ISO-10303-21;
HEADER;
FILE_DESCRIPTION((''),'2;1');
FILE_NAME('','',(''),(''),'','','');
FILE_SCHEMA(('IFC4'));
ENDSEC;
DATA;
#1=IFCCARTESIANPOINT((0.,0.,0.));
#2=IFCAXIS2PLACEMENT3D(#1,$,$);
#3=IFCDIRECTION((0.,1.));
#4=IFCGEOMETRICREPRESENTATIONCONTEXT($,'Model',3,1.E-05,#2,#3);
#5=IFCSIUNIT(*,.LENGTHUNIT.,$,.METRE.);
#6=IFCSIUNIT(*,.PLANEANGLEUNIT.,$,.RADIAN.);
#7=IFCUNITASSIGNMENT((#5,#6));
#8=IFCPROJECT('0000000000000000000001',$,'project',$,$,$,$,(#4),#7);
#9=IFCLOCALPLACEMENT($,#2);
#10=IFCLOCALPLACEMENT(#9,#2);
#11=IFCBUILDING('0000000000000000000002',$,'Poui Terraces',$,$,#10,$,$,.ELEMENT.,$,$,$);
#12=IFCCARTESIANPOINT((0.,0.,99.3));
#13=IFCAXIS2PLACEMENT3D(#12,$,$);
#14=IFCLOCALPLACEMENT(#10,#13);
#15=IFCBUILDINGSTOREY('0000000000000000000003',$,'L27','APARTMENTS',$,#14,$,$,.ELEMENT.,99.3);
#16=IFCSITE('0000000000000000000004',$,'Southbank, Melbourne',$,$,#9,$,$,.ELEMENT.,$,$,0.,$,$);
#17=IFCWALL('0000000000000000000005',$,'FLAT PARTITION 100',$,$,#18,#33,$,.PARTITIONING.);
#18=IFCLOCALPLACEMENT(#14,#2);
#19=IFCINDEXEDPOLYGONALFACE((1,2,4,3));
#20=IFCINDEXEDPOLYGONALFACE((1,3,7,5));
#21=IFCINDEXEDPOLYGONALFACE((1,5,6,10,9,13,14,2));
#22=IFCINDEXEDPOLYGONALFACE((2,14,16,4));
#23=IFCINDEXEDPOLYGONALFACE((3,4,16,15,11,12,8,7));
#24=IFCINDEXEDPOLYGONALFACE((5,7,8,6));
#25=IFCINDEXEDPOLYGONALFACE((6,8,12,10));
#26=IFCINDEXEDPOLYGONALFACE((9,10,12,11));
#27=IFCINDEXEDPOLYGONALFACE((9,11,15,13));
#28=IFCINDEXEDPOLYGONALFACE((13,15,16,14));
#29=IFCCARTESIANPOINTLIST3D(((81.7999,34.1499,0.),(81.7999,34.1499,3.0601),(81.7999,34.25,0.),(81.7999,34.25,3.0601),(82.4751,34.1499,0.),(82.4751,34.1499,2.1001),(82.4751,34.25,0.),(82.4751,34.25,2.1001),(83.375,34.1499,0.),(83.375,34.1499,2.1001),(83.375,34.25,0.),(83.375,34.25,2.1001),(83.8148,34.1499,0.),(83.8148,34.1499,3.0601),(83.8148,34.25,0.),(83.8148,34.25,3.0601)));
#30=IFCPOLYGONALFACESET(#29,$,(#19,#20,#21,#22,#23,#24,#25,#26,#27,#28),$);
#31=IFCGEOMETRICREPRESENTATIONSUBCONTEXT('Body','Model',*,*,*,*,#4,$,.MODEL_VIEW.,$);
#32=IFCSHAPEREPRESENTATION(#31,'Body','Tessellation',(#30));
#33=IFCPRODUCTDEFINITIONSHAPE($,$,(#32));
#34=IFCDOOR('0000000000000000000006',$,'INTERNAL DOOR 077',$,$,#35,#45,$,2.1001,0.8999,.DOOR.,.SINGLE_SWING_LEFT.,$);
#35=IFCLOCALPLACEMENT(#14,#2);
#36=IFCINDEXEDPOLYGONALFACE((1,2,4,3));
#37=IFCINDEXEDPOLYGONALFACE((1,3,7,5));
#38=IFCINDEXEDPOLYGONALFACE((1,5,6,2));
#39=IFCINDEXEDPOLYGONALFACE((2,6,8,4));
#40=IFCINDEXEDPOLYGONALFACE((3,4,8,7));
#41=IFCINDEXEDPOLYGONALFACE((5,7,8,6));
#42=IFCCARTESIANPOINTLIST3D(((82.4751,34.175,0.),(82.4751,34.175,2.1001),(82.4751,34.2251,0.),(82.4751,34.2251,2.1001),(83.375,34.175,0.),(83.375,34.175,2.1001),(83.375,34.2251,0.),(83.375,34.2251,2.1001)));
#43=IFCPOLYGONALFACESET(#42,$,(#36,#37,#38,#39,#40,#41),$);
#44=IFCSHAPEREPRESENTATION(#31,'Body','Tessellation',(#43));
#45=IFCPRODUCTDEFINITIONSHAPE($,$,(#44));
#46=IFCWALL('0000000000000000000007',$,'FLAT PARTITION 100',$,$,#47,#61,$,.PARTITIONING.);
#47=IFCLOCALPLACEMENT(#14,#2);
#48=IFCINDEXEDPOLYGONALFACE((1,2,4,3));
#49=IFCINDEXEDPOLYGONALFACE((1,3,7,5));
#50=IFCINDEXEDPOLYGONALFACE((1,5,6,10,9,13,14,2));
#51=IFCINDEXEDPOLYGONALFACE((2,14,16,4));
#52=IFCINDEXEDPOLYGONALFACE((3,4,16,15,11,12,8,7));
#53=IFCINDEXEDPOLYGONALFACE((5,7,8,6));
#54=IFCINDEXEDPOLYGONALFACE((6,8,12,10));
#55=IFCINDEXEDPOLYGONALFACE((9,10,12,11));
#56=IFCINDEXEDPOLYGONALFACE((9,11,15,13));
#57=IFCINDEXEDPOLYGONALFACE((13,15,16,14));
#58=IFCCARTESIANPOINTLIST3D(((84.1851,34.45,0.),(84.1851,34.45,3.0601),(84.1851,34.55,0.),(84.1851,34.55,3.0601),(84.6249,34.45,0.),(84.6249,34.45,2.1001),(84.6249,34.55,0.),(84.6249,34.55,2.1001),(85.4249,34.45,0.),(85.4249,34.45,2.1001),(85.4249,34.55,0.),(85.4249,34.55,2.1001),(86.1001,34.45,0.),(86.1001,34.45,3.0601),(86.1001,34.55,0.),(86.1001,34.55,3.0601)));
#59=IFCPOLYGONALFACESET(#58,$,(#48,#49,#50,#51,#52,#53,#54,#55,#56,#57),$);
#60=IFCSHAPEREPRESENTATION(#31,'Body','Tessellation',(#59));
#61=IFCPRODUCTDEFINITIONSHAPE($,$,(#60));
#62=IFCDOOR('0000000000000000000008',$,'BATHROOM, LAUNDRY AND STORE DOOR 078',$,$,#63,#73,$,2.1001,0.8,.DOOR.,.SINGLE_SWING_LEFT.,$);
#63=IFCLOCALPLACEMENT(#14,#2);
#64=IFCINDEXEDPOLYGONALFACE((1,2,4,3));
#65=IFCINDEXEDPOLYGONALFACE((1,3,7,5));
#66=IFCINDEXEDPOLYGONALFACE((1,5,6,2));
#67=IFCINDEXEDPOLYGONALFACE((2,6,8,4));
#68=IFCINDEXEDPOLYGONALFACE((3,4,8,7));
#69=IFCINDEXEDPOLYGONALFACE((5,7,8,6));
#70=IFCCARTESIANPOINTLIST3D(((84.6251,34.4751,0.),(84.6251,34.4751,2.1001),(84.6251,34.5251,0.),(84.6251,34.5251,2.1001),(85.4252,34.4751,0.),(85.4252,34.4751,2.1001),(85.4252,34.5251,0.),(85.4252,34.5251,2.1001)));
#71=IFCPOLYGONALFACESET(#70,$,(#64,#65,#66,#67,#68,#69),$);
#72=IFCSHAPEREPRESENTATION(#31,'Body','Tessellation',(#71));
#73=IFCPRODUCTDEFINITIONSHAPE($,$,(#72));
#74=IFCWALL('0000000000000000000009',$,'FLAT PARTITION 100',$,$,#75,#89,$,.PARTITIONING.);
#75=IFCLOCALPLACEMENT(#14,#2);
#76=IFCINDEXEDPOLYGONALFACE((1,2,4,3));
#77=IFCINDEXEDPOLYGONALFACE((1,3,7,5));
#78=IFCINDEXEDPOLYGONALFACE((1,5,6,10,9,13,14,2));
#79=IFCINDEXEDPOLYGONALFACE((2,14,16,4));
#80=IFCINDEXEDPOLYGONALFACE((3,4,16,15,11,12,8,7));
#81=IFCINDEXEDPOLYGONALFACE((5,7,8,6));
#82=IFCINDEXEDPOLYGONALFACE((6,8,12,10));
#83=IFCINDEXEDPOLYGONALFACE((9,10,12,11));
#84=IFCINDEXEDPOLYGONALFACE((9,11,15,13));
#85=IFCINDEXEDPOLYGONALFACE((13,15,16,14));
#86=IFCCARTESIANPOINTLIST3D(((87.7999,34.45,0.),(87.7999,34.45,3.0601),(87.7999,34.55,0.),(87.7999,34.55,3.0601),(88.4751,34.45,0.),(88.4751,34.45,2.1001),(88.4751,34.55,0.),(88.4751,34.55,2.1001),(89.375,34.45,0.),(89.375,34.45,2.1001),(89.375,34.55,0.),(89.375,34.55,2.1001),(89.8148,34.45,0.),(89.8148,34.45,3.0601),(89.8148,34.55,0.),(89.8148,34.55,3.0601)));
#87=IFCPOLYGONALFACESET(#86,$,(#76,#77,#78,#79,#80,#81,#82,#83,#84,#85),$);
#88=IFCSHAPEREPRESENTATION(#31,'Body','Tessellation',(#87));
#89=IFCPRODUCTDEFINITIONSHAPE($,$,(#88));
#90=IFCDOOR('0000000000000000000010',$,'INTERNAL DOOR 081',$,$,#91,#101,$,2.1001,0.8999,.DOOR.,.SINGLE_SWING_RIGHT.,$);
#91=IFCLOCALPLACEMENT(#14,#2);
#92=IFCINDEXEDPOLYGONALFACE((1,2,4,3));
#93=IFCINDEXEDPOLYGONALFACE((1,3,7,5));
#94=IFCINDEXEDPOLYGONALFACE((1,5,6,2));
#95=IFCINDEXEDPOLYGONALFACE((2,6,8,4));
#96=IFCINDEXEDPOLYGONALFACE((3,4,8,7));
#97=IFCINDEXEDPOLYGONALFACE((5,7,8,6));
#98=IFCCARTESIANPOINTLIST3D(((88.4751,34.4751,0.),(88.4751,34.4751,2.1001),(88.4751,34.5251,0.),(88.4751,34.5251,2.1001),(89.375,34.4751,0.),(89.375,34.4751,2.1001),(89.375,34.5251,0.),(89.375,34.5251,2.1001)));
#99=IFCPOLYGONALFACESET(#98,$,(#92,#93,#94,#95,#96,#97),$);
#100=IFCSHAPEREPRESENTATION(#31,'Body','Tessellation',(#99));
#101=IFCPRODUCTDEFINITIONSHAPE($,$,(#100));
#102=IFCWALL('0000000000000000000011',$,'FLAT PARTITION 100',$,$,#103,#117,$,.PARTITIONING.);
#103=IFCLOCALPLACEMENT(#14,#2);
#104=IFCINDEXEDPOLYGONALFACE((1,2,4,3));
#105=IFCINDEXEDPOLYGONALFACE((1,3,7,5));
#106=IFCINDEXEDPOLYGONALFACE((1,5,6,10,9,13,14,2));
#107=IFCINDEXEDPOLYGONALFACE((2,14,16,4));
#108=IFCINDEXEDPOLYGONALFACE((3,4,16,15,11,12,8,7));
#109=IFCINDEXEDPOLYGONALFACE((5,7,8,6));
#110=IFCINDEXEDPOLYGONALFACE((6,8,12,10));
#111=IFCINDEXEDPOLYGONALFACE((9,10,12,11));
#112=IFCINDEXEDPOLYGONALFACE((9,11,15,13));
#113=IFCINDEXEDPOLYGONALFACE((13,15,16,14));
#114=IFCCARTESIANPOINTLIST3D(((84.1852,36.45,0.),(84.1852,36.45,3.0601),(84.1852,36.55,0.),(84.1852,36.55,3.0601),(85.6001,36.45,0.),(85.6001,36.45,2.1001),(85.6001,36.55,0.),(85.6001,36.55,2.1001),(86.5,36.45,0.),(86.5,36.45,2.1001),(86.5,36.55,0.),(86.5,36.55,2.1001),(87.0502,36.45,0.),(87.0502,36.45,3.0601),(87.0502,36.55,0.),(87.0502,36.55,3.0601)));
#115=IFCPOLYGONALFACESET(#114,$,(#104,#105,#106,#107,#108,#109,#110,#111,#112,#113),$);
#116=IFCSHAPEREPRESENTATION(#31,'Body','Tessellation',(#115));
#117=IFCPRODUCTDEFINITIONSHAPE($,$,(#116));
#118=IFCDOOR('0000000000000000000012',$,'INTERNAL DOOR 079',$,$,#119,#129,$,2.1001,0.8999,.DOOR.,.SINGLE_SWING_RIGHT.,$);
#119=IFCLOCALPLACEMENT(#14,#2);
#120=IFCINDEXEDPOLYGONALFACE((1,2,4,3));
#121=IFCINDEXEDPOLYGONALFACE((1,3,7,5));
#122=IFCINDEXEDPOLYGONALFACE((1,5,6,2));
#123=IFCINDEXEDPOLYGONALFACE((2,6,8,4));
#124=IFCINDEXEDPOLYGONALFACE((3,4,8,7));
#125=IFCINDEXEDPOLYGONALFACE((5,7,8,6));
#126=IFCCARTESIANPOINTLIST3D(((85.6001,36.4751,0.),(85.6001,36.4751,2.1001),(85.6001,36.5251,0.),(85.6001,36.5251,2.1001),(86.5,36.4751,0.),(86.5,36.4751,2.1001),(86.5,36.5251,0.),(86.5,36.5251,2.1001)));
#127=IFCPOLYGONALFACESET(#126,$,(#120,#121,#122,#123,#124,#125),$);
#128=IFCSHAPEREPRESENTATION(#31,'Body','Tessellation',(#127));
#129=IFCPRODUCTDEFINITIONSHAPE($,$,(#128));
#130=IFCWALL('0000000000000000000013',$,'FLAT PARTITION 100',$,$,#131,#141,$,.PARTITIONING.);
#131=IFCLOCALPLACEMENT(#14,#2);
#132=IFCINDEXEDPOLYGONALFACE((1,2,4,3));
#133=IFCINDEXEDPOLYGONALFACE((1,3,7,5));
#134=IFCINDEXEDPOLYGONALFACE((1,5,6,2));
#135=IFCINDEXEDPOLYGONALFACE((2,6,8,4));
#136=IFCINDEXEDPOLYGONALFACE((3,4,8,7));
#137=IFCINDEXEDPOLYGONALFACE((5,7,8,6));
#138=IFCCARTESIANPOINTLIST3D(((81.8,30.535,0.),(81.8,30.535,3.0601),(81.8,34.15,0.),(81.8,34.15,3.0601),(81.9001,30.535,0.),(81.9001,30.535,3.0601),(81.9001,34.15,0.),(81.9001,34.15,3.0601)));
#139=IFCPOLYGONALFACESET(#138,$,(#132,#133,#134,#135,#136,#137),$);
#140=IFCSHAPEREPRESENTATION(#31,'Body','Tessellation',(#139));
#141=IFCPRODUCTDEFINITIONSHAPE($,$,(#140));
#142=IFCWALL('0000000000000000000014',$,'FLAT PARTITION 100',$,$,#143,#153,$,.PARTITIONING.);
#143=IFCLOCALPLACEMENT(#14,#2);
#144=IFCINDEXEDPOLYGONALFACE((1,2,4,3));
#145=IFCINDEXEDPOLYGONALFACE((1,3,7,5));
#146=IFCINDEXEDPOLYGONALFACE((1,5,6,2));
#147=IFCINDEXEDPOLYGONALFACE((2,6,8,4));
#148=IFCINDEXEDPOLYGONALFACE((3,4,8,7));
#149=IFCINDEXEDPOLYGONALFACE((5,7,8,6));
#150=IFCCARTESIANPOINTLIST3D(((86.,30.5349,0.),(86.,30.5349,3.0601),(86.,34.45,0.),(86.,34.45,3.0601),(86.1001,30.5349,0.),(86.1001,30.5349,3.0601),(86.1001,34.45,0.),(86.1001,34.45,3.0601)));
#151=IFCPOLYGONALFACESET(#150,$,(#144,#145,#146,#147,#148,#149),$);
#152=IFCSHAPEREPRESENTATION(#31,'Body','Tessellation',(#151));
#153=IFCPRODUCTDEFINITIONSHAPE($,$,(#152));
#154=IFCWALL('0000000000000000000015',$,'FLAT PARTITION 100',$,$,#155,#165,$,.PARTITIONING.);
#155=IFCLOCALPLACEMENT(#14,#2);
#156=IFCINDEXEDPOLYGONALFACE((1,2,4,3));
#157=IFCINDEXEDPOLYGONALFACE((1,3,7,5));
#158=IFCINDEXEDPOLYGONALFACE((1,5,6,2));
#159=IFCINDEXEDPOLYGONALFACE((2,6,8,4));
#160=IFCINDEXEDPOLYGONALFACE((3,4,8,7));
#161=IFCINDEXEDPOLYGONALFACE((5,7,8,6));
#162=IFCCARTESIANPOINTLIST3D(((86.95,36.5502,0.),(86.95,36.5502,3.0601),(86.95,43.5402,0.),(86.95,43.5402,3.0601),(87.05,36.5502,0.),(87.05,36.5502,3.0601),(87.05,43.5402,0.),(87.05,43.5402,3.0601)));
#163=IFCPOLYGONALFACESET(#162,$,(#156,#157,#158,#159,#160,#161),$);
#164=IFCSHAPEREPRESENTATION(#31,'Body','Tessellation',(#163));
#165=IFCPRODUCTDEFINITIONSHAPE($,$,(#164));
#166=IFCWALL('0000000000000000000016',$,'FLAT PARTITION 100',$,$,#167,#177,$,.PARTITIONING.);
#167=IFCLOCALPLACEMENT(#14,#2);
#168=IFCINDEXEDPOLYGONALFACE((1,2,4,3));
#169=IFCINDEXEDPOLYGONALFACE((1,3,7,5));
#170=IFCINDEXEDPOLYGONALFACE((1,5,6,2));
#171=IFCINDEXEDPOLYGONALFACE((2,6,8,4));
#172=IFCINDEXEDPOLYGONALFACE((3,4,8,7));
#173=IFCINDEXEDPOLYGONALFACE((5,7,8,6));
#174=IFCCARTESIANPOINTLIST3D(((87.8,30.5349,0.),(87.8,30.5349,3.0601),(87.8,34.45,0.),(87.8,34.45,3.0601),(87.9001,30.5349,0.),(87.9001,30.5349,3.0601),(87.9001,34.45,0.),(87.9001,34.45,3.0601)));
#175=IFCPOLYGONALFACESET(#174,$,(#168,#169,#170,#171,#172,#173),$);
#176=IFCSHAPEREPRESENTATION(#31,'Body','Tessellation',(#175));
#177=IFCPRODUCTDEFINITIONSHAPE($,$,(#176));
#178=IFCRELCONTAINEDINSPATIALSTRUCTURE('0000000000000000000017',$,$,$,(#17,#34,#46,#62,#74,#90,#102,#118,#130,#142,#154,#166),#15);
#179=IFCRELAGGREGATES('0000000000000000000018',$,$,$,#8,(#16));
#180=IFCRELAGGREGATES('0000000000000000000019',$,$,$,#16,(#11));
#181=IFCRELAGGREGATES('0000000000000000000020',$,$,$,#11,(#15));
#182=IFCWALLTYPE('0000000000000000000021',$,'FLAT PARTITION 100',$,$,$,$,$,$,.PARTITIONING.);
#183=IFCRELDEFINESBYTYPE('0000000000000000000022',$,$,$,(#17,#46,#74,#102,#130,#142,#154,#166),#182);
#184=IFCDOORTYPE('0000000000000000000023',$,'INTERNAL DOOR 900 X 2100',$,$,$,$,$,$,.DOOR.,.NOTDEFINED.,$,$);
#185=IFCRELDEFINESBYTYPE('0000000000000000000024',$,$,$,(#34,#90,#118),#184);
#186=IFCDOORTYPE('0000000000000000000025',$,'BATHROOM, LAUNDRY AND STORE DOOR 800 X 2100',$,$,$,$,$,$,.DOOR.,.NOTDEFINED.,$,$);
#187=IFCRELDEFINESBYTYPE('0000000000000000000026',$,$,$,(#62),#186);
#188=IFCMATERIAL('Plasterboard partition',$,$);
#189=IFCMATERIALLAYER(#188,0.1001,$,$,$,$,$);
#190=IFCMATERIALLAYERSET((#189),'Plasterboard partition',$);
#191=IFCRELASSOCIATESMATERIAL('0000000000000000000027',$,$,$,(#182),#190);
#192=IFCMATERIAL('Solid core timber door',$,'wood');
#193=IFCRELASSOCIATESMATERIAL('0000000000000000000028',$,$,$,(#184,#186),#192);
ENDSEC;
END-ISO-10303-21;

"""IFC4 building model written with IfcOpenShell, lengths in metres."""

from ifc_helpers import new_model, si_unit, direction, frame, frame_2d, origin, place, context, subcontext, project, spatial, rectangle, extrude, material, layer, layer_set, type_object, element, fill, save


model = new_model("IFC4")

# Units and contexts
model_context = context("Model", 3, precision=1e-05, world=origin(), true_north=direction((0.0, 1.0)))
body_context = subcontext(model_context, "Body", "Model", "MODEL_VIEW")
ifc_project = project(units=[si_unit("LENGTHUNIT", "METRE"), si_unit("PLANEANGLEUNIT", "RADIAN")], contexts=[model_context])

# Site, building, storey
site_placement = place(None, origin())
site = spatial("IfcSite", under=ifc_project, at=site_placement, Name="Southbank, Melbourne", CompositionType="ELEMENT", RefElevation=0.0)
building_placement = place(site_placement, origin())
building = spatial("IfcBuilding", under=site, at=building_placement, Name="Poui Terraces", CompositionType="ELEMENT")
storey_placement = place(building_placement, frame((0.0, 0.0, 99.3)))
storey = spatial("IfcBuildingStorey", under=building, at=storey_placement, Name="L27", Description="APARTMENTS", CompositionType="ELEMENT", Elevation=99.3)

# Walls, openings, doors
ifc_material_1 = material(Name="Plasterboard partition")
ifc_layer_1 = layer(ifc_material_1, 0.1001)
ifc_layer_set_1 = layer_set([ifc_layer_1], Name="Plasterboard partition")
wall_type_1 = type_object("IfcWallType", Name="FLAT PARTITION 100", PredefinedType="PARTITIONING", material=ifc_layer_set_1)
wall_1_placement = place(storey_placement, frame((81.8, 34.2, 0.0), z_axis=(0.0, 0.0, 1.0), x_axis=(1.0, 0.0, 0.0)))
wall_1 = element("IfcWall", 1, at=wall_1_placement, inside=storey, type_object=wall_type_1, Name="FLAT PARTITION 100", PredefinedType="PARTITIONING", context=body_context, shape_type="SweptSolid", body=[
    extrude(rectangle(XDim=2.0149, YDim=0.1001, at=frame_2d((1.0073, 0.0))), origin(), (0.0, 0.0, 1.0), 3.0601),
])
opening_1_placement = place(wall_1_placement, frame((0.675, 0.0, 0.0)))
opening_1 = element("IfcOpeningElement", 2, at=opening_1_placement, cuts=wall_1, PredefinedType="OPENING", context=body_context, shape_type="SweptSolid", body=[
    extrude(rectangle(XDim=0.8999, YDim=2.1001, at=frame_2d((0.45, 1.05))), frame((0.0, 0.0601, 0.0), z_axis=(0.0, -1.0, 0.0), x_axis=(1.0, 0.0, 0.0)), (0.0, 0.0, 1.0), 0.1201),
])
ifc_material_2 = material(Name="Solid core timber door", Category="wood")
door_type_1 = type_object("IfcDoorType", Name="INTERNAL DOOR 900 X 2100", OperationType="NOTDEFINED", PredefinedType="DOOR", material=ifc_material_2)
door_1_placement = place(opening_1_placement, frame((0.8999, 0.0, 0.0), z_axis=(0.0, 0.0, 1.0), x_axis=(-1.0, 0.0, 0.0)))
door_1 = element("IfcDoor", 3, at=door_1_placement, inside=storey, type_object=door_type_1, Name="INTERNAL DOOR 077", OperationType="SINGLE_SWING_LEFT", OverallHeight=2.1001, OverallWidth=0.8999, PredefinedType="DOOR", context=body_context, shape_type="SweptSolid", body=[
    extrude(rectangle(XDim=0.8999, YDim=2.1001, at=frame_2d((0.45, 1.05))), frame((0.0, 0.0249, 0.0), z_axis=(0.0, -1.0, 0.0), x_axis=(1.0, 0.0, 0.0)), (0.0, 0.0, 1.0), 0.05),
])
fill(opening_1, door_1)
wall_2_placement = place(storey_placement, frame((84.1851, 34.5, 0.0), z_axis=(0.0, 0.0, 1.0), x_axis=(1.0, 0.0, 0.0)))
wall_2 = element("IfcWall", 4, at=wall_2_placement, inside=storey, type_object=wall_type_1, Name="FLAT PARTITION 100", PredefinedType="PARTITIONING", context=body_context, shape_type="SweptSolid", body=[
    extrude(rectangle(XDim=1.915, YDim=0.1001, at=frame_2d((0.9575, 0.0))), origin(), (0.0, 0.0, 1.0), 3.0601),
])
opening_2_placement = place(wall_2_placement, frame((0.4399, 0.0, 0.0)))
opening_2 = element("IfcOpeningElement", 5, at=opening_2_placement, cuts=wall_2, PredefinedType="OPENING", context=body_context, shape_type="SweptSolid", body=[
    extrude(rectangle(XDim=0.8, YDim=2.1001, at=frame_2d((0.3999, 1.05))), frame((0.0, 0.0601, 0.0), z_axis=(0.0, -1.0, 0.0), x_axis=(1.0, 0.0, 0.0)), (0.0, 0.0, 1.0), 0.1201),
])
door_type_2 = type_object("IfcDoorType", Name="BATHROOM, LAUNDRY AND STORE DOOR 800 X 2100", OperationType="NOTDEFINED", PredefinedType="DOOR", material=ifc_material_2)
door_2_placement = place(opening_2_placement, frame((0.8, 0.0, 0.0), z_axis=(0.0, 0.0, 1.0), x_axis=(-1.0, 0.0, 0.0)))
door_2 = element("IfcDoor", 6, at=door_2_placement, inside=storey, type_object=door_type_2, Name="BATHROOM, LAUNDRY AND STORE DOOR 078", OperationType="SINGLE_SWING_LEFT", OverallHeight=2.1001, OverallWidth=0.8, PredefinedType="DOOR", context=body_context, shape_type="SweptSolid", body=[
    extrude(rectangle(XDim=0.8, YDim=2.1001, at=frame_2d((0.3999, 1.05))), frame((0.0, 0.0249, 0.0), z_axis=(0.0, -1.0, 0.0), x_axis=(1.0, 0.0, 0.0)), (0.0, 0.0, 1.0), 0.05),
])
fill(opening_2, door_2)
wall_3_placement = place(storey_placement, frame((87.8, 34.5, 0.0), z_axis=(0.0, 0.0, 1.0), x_axis=(1.0, 0.0, 0.0)))
wall_3 = element("IfcWall", 7, at=wall_3_placement, inside=storey, type_object=wall_type_1, Name="FLAT PARTITION 100", PredefinedType="PARTITIONING", context=body_context, shape_type="SweptSolid", body=[
    extrude(rectangle(XDim=2.0149, YDim=0.1001, at=frame_2d((1.0073, 0.0))), origin(), (0.0, 0.0, 1.0), 3.0601),
])
opening_3_placement = place(wall_3_placement, frame((0.675, 0.0, 0.0)))
opening_3 = element("IfcOpeningElement", 8, at=opening_3_placement, cuts=wall_3, PredefinedType="OPENING", context=body_context, shape_type="SweptSolid", body=[
    extrude(rectangle(XDim=0.8999, YDim=2.1001, at=frame_2d((0.45, 1.05))), frame((0.0, 0.0601, 0.0), z_axis=(0.0, -1.0, 0.0), x_axis=(1.0, 0.0, 0.0)), (0.0, 0.0, 1.0), 0.1201),
])
door_3_placement = place(opening_3_placement, frame((0.8999, 0.0, 0.0), z_axis=(0.0, 0.0, 1.0), x_axis=(-1.0, 0.0, 0.0)))
door_3 = element("IfcDoor", 9, at=door_3_placement, inside=storey, type_object=door_type_1, Name="INTERNAL DOOR 081", OperationType="SINGLE_SWING_RIGHT", OverallHeight=2.1001, OverallWidth=0.8999, PredefinedType="DOOR", context=body_context, shape_type="SweptSolid", body=[
    extrude(rectangle(XDim=0.8999, YDim=2.1001, at=frame_2d((0.45, 1.05))), frame((0.0, 0.0249, 0.0), z_axis=(0.0, -1.0, 0.0), x_axis=(1.0, 0.0, 0.0)), (0.0, 0.0, 1.0), 0.05),
])
fill(opening_3, door_3)
wall_4_placement = place(storey_placement, frame((84.1851, 36.5, 0.0), z_axis=(0.0, 0.0, 1.0), x_axis=(1.0, 0.0, 0.0)))
wall_4 = element("IfcWall", 10, at=wall_4_placement, inside=storey, type_object=wall_type_1, Name="FLAT PARTITION 100", PredefinedType="PARTITIONING", context=body_context, shape_type="SweptSolid", body=[
    extrude(rectangle(XDim=2.865, YDim=0.1001, at=frame_2d((1.4326, 0.0))), origin(), (0.0, 0.0, 1.0), 3.0601),
])
opening_4_placement = place(wall_4_placement, frame((1.415, 0.0, 0.0)))
opening_4 = element("IfcOpeningElement", 11, at=opening_4_placement, cuts=wall_4, PredefinedType="OPENING", context=body_context, shape_type="SweptSolid", body=[
    extrude(rectangle(XDim=0.8999, YDim=2.1001, at=frame_2d((0.45, 1.05))), frame((0.0, 0.0601, 0.0), z_axis=(0.0, -1.0, 0.0), x_axis=(1.0, 0.0, 0.0)), (0.0, 0.0, 1.0), 0.1201),
])
door_4_placement = place(opening_4_placement, frame((0.8999, 0.0, 0.0), z_axis=(0.0, 0.0, 1.0), x_axis=(-1.0, 0.0, 0.0)))
door_4 = element("IfcDoor", 12, at=door_4_placement, inside=storey, type_object=door_type_1, Name="INTERNAL DOOR 079", OperationType="SINGLE_SWING_RIGHT", OverallHeight=2.1001, OverallWidth=0.8999, PredefinedType="DOOR", context=body_context, shape_type="SweptSolid", body=[
    extrude(rectangle(XDim=0.8999, YDim=2.1001, at=frame_2d((0.45, 1.05))), frame((0.0, 0.0249, 0.0), z_axis=(0.0, -1.0, 0.0), x_axis=(1.0, 0.0, 0.0)), (0.0, 0.0, 1.0), 0.05),
])
fill(opening_4, door_4)

# Walls
wall_5_placement = place(storey_placement, frame((81.8501, 30.5349, 0.0), z_axis=(0.0, 0.0, 1.0), x_axis=(0.0, 1.0, 0.0)))
element("IfcWall", 13, at=wall_5_placement, inside=storey, type_object=wall_type_1, Name="FLAT PARTITION 100", PredefinedType="PARTITIONING", context=body_context, shape_type="SweptSolid", body=[
    extrude(rectangle(XDim=3.615, YDim=0.1001, at=frame_2d((1.8076, 0.0))), origin(), (0.0, 0.0, 1.0), 3.0601),
])
wall_6_placement = place(storey_placement, frame((86.05, 30.5349, 0.0), z_axis=(0.0, 0.0, 1.0), x_axis=(0.0, 1.0, 0.0)))
element("IfcWall", 14, at=wall_6_placement, inside=storey, type_object=wall_type_1, Name="FLAT PARTITION 100", PredefinedType="PARTITIONING", context=body_context, shape_type="SweptSolid", body=[
    extrude(rectangle(XDim=3.915, YDim=0.1001, at=frame_2d((1.9575, 0.0))), origin(), (0.0, 0.0, 1.0), 3.0601),
])
wall_7_placement = place(storey_placement, frame((87.0, 36.55, 0.0), z_axis=(0.0, 0.0, 1.0), x_axis=(0.0, 1.0, 0.0)))
element("IfcWall", 15, at=wall_7_placement, inside=storey, type_object=wall_type_1, Name="FLAT PARTITION 100", PredefinedType="PARTITIONING", context=body_context, shape_type="SweptSolid", body=[
    extrude(rectangle(XDim=6.99, YDim=0.1001, at=frame_2d((3.4951, 0.0))), origin(), (0.0, 0.0, 1.0), 3.0601),
])
wall_8_placement = place(storey_placement, frame((87.8501, 30.5349, 0.0), z_axis=(0.0, 0.0, 1.0), x_axis=(0.0, 1.0, 0.0)))
element("IfcWall", 16, at=wall_8_placement, inside=storey, type_object=wall_type_1, Name="FLAT PARTITION 100", PredefinedType="PARTITIONING", context=body_context, shape_type="SweptSolid", body=[
    extrude(rectangle(XDim=3.915, YDim=0.1001, at=frame_2d((1.9575, 0.0))), origin(), (0.0, 0.0, 1.0), 3.0601),
])

save(model, "model.ifc")
